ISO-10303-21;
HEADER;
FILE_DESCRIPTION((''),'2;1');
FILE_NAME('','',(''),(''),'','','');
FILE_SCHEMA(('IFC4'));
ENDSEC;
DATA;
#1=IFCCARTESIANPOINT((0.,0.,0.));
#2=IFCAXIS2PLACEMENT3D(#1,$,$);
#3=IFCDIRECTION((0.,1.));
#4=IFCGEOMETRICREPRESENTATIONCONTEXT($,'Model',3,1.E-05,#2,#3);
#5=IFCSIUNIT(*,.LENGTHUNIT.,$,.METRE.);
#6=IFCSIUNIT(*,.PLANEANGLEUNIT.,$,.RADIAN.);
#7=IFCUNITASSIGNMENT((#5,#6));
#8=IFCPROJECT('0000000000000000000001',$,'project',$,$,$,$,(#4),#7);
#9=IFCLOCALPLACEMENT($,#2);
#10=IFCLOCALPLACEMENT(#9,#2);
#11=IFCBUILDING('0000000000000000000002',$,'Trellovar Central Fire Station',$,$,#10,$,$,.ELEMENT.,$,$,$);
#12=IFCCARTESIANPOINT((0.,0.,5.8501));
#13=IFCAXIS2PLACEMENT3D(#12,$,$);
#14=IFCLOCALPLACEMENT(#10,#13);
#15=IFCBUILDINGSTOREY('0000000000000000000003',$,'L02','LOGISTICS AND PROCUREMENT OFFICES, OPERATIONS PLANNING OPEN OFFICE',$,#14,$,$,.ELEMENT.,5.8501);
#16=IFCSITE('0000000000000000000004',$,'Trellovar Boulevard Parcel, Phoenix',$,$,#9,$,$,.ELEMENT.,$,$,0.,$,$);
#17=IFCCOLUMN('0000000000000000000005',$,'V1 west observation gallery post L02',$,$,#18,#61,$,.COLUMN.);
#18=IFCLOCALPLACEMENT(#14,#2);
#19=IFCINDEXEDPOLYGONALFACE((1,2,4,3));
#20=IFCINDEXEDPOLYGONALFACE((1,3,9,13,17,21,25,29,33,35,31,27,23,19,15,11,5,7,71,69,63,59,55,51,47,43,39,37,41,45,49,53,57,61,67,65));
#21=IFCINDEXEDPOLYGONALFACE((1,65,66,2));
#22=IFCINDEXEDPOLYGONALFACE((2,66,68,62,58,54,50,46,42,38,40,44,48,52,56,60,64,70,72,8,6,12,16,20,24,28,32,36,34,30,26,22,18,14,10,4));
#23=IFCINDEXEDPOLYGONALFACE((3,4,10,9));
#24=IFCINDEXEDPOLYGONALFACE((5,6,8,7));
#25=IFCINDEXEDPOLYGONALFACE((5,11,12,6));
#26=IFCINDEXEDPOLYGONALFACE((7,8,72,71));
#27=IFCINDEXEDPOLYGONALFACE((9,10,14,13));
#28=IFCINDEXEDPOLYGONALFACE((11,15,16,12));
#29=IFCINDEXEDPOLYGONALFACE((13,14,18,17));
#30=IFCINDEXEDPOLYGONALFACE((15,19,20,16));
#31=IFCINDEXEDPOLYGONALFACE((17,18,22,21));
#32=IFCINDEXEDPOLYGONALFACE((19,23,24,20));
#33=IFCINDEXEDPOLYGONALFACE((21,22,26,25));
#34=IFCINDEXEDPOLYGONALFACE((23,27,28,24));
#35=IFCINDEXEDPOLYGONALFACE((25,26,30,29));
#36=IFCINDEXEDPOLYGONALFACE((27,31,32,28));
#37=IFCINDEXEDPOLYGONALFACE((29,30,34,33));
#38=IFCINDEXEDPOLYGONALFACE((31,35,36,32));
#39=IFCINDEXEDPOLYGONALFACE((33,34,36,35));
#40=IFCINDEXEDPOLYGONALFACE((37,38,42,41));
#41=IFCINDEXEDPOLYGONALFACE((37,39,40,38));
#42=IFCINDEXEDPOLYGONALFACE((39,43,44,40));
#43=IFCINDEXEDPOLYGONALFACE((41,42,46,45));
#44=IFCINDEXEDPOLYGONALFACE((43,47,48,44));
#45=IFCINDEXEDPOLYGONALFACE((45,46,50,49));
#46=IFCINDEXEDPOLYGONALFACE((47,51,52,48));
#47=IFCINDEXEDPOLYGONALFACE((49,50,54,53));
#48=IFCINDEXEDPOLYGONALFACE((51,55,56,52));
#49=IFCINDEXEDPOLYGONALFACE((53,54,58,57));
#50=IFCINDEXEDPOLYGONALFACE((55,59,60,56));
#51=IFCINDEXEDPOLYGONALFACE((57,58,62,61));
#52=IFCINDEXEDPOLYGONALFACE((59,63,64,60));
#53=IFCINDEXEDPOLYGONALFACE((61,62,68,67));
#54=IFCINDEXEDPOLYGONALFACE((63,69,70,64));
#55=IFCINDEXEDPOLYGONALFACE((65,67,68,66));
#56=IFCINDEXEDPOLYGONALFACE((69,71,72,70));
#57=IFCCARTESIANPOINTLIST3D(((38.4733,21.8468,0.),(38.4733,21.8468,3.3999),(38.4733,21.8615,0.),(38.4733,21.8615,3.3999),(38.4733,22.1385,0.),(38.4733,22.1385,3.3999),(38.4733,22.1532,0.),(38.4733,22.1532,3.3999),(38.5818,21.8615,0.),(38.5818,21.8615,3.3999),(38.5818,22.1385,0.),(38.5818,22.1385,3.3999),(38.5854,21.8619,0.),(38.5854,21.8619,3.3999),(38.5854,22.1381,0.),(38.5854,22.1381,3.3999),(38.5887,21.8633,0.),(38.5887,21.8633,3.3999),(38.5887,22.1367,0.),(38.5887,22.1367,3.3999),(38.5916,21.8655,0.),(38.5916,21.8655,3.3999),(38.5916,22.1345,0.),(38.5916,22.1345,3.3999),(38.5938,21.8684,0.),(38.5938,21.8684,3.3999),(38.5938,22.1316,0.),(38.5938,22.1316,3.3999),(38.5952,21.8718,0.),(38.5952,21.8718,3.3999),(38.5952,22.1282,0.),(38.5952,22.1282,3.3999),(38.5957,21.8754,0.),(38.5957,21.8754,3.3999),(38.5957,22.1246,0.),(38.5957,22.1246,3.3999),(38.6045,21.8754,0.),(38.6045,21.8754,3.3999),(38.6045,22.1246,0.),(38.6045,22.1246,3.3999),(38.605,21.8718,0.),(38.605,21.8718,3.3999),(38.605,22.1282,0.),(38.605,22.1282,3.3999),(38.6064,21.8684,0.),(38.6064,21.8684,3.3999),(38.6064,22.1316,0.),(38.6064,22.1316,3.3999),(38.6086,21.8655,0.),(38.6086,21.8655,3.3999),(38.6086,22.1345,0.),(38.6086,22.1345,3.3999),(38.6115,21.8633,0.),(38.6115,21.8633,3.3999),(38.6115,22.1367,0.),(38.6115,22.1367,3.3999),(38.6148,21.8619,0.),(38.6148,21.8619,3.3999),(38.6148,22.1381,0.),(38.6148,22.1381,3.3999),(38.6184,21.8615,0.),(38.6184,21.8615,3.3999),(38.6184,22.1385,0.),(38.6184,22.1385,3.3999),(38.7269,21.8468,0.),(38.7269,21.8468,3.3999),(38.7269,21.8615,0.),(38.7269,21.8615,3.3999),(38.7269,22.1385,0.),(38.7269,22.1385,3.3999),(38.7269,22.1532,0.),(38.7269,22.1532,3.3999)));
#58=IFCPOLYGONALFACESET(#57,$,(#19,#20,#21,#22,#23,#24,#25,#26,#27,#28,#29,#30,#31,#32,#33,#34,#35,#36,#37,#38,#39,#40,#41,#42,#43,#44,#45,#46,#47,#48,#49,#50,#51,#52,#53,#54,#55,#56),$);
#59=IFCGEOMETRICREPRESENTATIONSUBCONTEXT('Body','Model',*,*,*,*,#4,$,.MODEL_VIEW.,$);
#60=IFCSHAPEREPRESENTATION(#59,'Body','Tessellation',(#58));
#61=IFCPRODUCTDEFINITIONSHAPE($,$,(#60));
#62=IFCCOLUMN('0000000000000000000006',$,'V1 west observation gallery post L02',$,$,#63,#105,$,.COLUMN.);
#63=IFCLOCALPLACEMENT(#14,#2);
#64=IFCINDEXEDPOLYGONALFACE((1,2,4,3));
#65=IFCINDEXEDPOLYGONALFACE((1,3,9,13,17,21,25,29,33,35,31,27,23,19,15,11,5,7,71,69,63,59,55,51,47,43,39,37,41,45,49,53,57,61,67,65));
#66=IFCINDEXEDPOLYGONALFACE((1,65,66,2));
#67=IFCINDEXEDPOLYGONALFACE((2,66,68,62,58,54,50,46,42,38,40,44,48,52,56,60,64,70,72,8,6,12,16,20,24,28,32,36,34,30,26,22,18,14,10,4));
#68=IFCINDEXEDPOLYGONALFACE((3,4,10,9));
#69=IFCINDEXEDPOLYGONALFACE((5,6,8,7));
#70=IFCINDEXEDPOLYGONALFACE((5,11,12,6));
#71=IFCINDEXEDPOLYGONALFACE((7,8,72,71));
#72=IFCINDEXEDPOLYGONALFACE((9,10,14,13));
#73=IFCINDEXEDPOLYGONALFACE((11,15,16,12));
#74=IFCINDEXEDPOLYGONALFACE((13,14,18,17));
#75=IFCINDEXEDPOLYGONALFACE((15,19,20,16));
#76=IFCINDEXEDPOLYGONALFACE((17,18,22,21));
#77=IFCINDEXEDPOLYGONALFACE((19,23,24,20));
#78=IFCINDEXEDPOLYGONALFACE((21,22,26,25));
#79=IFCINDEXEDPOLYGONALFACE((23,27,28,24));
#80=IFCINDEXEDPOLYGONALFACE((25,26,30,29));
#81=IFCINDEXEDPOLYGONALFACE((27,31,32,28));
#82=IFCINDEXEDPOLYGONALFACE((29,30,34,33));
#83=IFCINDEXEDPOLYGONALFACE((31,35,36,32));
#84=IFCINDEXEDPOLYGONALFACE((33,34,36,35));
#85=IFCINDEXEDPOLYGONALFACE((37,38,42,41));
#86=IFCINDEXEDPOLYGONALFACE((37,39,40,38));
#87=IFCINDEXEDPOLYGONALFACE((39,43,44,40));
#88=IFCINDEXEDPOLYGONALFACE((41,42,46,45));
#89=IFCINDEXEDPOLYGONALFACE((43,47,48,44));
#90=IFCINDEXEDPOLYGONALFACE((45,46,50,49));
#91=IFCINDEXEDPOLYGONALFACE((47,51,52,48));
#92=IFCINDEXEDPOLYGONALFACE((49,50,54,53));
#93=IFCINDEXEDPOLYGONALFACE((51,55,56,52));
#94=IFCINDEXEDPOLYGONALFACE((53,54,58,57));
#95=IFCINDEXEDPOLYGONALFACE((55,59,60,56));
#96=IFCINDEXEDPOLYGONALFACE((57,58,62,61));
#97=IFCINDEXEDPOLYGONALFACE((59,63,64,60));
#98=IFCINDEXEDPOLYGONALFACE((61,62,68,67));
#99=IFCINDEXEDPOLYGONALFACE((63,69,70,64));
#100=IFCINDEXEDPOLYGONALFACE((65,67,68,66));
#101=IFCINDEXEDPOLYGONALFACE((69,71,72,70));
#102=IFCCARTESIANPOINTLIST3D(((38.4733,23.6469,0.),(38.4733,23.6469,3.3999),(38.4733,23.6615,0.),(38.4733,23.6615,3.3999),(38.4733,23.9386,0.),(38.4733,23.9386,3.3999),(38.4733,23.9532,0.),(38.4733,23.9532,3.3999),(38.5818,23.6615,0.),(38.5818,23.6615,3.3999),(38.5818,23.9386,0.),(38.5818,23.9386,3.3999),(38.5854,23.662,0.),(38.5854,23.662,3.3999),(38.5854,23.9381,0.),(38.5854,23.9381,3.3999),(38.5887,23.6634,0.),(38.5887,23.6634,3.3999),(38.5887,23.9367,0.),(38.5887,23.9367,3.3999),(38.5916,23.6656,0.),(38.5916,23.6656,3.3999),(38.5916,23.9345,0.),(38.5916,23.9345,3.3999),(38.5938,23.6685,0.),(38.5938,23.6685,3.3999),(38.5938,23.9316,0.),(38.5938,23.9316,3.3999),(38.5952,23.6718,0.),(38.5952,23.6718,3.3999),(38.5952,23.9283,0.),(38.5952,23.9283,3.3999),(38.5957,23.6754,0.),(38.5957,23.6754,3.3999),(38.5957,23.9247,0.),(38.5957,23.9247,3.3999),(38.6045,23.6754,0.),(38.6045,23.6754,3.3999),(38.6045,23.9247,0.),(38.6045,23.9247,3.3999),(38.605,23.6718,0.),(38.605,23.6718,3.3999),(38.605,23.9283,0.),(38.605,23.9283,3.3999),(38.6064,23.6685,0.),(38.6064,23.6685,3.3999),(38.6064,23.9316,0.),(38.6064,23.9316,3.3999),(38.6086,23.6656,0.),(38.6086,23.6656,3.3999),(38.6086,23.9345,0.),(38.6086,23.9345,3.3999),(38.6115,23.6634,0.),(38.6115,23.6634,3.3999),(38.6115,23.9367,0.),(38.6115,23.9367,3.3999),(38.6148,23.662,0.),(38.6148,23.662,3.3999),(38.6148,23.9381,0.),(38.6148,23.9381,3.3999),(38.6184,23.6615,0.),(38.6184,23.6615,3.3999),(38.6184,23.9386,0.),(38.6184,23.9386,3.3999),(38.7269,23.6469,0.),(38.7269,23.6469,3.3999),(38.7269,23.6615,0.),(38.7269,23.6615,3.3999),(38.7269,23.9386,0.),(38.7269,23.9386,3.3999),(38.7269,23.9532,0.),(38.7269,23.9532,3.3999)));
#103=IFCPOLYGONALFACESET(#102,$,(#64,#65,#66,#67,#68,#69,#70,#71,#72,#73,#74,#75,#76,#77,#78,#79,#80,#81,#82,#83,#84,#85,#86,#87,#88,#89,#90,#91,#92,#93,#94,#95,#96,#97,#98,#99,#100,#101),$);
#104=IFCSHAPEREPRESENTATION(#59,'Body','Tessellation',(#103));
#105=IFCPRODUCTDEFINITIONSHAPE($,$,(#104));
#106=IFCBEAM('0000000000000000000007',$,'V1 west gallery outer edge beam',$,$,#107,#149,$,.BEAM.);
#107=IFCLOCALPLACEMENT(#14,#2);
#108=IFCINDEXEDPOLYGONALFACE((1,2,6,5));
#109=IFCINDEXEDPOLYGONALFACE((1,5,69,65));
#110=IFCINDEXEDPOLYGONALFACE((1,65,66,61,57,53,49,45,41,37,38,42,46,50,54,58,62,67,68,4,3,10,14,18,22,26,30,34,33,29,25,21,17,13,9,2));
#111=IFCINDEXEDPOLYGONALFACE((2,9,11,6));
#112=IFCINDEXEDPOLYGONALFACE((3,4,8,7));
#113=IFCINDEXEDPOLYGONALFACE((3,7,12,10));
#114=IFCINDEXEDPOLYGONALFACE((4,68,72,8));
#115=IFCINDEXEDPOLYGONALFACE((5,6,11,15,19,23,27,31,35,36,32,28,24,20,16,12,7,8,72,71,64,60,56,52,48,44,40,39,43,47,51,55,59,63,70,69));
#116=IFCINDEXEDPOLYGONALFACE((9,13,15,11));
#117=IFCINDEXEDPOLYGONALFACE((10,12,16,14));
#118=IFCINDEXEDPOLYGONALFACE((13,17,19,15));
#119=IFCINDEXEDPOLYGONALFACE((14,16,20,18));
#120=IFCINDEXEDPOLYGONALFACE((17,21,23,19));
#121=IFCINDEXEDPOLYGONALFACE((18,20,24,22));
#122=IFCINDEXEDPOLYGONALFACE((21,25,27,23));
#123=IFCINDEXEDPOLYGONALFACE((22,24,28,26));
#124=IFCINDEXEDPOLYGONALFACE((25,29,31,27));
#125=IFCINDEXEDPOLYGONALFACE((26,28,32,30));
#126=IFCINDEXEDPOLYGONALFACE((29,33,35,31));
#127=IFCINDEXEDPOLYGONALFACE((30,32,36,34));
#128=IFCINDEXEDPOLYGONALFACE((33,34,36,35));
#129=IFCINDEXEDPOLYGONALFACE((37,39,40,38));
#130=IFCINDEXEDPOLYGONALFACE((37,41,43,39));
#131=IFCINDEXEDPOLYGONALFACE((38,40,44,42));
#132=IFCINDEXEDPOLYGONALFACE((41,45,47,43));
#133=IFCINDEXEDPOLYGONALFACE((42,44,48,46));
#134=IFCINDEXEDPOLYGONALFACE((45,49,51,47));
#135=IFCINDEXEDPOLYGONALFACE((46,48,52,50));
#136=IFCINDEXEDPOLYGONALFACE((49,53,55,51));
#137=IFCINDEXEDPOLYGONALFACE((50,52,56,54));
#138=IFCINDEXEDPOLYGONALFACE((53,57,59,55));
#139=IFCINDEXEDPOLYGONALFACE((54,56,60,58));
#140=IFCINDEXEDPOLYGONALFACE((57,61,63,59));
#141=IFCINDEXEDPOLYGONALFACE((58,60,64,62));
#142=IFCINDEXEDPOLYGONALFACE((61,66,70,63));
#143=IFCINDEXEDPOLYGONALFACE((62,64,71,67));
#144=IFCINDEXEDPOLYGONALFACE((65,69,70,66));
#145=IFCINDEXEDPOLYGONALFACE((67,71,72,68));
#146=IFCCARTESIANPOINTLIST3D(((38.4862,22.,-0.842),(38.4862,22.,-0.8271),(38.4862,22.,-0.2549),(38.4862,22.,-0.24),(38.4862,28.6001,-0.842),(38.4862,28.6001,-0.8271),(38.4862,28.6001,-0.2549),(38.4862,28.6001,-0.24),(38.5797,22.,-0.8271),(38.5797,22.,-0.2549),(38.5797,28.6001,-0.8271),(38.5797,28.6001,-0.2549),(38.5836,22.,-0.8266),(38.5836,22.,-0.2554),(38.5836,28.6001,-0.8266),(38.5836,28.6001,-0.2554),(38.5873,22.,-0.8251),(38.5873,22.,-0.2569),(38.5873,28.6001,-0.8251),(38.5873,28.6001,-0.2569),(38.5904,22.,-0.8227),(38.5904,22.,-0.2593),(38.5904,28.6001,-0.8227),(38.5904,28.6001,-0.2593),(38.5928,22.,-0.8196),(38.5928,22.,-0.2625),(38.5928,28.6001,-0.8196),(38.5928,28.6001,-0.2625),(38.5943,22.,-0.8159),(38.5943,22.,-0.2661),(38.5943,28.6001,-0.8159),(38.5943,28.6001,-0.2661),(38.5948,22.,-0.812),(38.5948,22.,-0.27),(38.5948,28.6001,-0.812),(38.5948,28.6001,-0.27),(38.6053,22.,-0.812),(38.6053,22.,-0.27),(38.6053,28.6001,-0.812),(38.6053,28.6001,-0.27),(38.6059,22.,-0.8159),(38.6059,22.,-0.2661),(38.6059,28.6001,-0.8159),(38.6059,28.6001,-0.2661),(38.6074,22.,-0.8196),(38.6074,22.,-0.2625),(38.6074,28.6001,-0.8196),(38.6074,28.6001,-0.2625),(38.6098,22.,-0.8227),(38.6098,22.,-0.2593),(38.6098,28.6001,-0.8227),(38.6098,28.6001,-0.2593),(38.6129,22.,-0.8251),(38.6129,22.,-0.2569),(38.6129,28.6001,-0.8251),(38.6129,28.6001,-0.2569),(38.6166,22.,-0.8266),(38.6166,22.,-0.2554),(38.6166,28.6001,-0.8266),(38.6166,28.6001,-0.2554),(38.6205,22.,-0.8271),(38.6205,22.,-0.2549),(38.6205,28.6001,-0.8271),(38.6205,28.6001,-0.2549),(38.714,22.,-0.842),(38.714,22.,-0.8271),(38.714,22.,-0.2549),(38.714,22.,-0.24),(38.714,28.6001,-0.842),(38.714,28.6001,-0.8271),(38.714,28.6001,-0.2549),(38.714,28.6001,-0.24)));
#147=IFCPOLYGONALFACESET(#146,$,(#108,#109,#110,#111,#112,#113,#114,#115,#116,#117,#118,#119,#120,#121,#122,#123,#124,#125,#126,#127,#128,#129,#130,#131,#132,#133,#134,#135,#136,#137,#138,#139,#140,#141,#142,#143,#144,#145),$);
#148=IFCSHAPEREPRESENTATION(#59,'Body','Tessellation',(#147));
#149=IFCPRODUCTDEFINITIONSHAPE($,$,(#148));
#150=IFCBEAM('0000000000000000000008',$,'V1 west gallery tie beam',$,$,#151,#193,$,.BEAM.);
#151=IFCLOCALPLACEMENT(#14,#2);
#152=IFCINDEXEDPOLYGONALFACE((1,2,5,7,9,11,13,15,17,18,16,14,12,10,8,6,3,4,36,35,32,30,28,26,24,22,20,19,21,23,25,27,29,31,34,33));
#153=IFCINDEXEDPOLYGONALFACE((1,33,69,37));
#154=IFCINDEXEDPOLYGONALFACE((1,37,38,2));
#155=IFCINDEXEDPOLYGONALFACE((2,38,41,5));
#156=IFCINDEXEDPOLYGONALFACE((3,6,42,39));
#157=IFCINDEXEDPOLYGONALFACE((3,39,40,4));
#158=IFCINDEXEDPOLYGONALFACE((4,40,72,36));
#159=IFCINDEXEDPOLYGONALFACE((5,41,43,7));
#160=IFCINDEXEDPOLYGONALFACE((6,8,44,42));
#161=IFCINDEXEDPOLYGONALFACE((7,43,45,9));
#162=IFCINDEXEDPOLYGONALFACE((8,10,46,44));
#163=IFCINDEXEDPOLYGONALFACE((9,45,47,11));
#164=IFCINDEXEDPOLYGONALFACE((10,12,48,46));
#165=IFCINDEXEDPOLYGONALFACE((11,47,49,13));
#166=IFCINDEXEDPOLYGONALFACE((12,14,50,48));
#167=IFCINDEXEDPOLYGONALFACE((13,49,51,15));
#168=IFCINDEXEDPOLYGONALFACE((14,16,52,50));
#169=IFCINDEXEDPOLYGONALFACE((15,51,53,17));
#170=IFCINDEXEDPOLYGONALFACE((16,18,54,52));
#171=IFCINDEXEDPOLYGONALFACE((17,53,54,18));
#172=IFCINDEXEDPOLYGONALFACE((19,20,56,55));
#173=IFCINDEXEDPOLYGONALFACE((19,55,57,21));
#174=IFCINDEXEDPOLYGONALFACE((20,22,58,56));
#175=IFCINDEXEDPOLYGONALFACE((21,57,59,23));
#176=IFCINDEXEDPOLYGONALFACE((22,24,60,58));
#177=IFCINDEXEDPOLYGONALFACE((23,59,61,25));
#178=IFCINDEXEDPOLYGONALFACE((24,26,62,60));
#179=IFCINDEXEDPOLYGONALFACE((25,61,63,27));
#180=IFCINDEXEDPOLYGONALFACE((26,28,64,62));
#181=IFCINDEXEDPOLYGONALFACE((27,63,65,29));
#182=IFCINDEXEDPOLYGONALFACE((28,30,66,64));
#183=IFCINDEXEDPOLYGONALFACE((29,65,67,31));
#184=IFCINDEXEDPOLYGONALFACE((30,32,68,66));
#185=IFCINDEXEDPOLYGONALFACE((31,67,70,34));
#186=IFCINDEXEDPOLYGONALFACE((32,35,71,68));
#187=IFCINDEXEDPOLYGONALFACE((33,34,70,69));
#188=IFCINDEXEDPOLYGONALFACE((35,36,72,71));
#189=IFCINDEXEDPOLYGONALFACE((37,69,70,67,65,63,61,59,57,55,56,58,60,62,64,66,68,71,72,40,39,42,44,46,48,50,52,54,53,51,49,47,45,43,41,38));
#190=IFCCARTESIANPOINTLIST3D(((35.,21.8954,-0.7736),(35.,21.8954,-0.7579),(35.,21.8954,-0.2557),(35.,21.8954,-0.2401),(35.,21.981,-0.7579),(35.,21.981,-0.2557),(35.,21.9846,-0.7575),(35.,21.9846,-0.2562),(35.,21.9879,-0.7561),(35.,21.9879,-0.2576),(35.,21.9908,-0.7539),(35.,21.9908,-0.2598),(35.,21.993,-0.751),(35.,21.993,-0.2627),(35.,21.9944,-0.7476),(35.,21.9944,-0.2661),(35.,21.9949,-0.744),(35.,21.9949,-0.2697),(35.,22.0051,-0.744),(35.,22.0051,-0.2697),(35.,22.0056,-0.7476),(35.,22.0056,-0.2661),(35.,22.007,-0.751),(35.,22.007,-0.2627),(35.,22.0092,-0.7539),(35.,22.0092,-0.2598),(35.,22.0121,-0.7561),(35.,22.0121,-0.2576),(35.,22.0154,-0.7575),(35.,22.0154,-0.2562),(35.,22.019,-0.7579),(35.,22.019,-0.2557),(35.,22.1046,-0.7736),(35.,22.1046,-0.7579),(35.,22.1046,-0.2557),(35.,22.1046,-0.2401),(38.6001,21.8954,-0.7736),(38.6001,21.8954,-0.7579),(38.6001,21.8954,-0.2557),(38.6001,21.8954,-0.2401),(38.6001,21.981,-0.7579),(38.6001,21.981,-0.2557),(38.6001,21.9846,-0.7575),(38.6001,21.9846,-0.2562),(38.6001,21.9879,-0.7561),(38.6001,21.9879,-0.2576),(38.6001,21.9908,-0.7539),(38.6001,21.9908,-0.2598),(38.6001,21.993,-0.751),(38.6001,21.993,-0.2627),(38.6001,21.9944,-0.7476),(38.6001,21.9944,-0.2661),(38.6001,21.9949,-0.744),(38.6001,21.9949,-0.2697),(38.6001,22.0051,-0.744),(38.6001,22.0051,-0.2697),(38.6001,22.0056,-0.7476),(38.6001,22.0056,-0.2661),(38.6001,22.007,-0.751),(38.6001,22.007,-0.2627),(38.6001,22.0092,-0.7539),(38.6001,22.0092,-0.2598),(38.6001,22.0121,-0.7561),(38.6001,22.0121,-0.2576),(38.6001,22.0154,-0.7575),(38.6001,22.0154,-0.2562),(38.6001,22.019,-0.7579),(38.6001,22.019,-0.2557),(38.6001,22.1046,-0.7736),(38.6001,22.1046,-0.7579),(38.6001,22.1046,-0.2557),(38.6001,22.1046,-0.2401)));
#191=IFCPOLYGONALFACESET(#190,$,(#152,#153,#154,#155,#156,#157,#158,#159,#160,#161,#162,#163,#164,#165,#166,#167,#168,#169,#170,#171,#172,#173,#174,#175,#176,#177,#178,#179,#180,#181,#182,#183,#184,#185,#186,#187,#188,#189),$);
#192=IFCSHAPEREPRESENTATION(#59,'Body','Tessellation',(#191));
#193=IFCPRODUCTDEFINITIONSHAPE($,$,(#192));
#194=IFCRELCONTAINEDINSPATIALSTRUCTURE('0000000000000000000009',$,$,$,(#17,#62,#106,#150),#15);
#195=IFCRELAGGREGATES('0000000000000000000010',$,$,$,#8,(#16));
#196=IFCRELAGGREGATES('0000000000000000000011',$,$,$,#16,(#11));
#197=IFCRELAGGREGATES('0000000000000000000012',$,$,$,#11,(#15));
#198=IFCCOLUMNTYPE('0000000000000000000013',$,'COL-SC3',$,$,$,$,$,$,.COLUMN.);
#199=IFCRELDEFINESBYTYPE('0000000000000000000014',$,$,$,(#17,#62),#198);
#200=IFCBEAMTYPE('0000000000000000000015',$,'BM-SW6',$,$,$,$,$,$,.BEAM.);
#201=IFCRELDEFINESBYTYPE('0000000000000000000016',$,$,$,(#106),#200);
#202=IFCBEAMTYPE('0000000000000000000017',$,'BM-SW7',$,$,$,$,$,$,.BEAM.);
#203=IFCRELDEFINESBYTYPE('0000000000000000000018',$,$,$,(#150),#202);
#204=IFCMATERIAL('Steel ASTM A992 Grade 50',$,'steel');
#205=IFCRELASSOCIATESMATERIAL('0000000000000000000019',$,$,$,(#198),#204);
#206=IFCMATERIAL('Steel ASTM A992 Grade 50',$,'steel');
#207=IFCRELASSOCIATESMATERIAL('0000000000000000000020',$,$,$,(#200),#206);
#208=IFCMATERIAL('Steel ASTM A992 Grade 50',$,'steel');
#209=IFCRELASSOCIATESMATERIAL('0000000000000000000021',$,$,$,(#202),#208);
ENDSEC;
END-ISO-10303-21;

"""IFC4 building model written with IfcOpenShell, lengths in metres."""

from ifc_helpers import new_model, si_unit, direction, frame, origin, origin_2d, place, context, subcontext, project, spatial, i_section, extrude, material, material_profile, profile_set, type_object, element, save


model = new_model("IFC4")

# Units and contexts
model_context = context("Model", 3, precision=1e-05, world=origin(), true_north=direction((0.0, 1.0)))
body_context = subcontext(model_context, "Body", "Model", "MODEL_VIEW")
ifc_project = project(units=[si_unit("LENGTHUNIT", "METRE"), si_unit("PLANEANGLEUNIT", "RADIAN")], contexts=[model_context])

# Site, building, storey
site_placement = place(None, origin())
site = spatial("IfcSite", under=ifc_project, at=site_placement, Name="Trellovar Boulevard Parcel, Phoenix", CompositionType="ELEMENT", RefElevation=0.0)
building_placement = place(site_placement, origin())
building = spatial("IfcBuilding", under=site, at=building_placement, Name="Trellovar Central Fire Station", CompositionType="ELEMENT")
storey_placement = place(building_placement, frame((0.0, 0.0, 5.8501)))
storey = spatial("IfcBuildingStorey", under=building, at=storey_placement, Name="L02", Description="LOGISTICS AND PROCUREMENT OFFICES, OPERATIONS PLANNING OPEN OFFICE", CompositionType="ELEMENT", Elevation=5.8501)

# Columns
ifc_material_1 = material(Name="Steel ASTM A992 Grade 50", Category="steel")
ifc_material_profile_1 = material_profile(ifc_material_1, i_section(OverallWidth=0.2537, OverallDepth=0.3064, WebThickness=0.0088, FlangeThickness=0.0146, FilletRadius=0.0139, at=origin_2d()), Name="W12X53")
ifc_profile_set_1 = profile_set([ifc_material_profile_1], Name="Steel ASTM A992 Grade 50")
column_type = type_object("IfcColumnType", Name="COL-SC3", PredefinedType="COLUMN", material=ifc_profile_set_1)
for number, where, z_axis, x_axis, name in (
    (1, (38.6001, 22.0, 0.0), (0.0, 0.0, 1.0), (1.0, 0.0, 0.0), "V1 west observation gallery post L02"),
    (2, (38.6001, 23.8, 0.0), (0.0, 0.0, 1.0), (1.0, 0.0, 0.0), "V1 west observation gallery post L02"),
):
    element("IfcColumn", number, at=place(storey_placement, frame(where, z_axis=z_axis, x_axis=x_axis)), inside=storey, type_object=column_type, Name=name, PredefinedType="COLUMN", context=body_context, shape_type="SweptSolid", body=[
        extrude(i_section(OverallWidth=0.2537, OverallDepth=0.3064, WebThickness=0.0088, FlangeThickness=0.0146, FilletRadius=0.0139, at=origin_2d()), origin(), (0.0, 0.0, 1.0), 3.3999),
    ])

# Beams
ifc_material_2 = material(Name="Steel ASTM A992 Grade 50", Category="steel")
ifc_material_profile_2 = material_profile(ifc_material_2, i_section(OverallWidth=0.2278, OverallDepth=0.6021, WebThickness=0.0105, FlangeThickness=0.0149, FilletRadius=0.0151, at=origin_2d()), Name="W24X68")
ifc_profile_set_2 = profile_set([ifc_material_profile_2], Name="Steel ASTM A992 Grade 50")
beam_type_1 = type_object("IfcBeamType", Name="BM-SW6", PredefinedType="BEAM", material=ifc_profile_set_2)
beam_1_placement = place(storey_placement, frame((38.6001, 22.0, -0.541), z_axis=(0.0, 1.0, 0.0), x_axis=(-1.0, 0.0, 0.0)))
element("IfcBeam", 3, at=beam_1_placement, inside=storey, type_object=beam_type_1, Name="V1 west gallery outer edge beam", PredefinedType="BEAM", context=body_context, shape_type="SweptSolid", body=[
    extrude(i_section(OverallWidth=0.2278, OverallDepth=0.6021, WebThickness=0.0105, FlangeThickness=0.0149, FilletRadius=0.0151, at=origin_2d()), origin(), (0.0, 0.0, 1.0), 6.6001),
])
ifc_material_3 = material(Name="Steel ASTM A992 Grade 50", Category="steel")
ifc_material_profile_3 = material_profile(ifc_material_3, i_section(OverallWidth=0.2092, OverallDepth=0.5334, WebThickness=0.0103, FlangeThickness=0.0156, FilletRadius=0.0139, at=origin_2d()), Name="W21X62")
ifc_profile_set_3 = profile_set([ifc_material_profile_3], Name="Steel ASTM A992 Grade 50")
beam_type_2 = type_object("IfcBeamType", Name="BM-SW7", PredefinedType="BEAM", material=ifc_profile_set_3)
beam_2_placement = place(storey_placement, frame((35.0, 22.0, -0.5068), z_axis=(1.0, 0.0, 0.0), x_axis=(0.0, 1.0, 0.0)))
element("IfcBeam", 4, at=beam_2_placement, inside=storey, type_object=beam_type_2, Name="V1 west gallery tie beam", PredefinedType="BEAM", context=body_context, shape_type="SweptSolid", body=[
    extrude(i_section(OverallWidth=0.2092, OverallDepth=0.5334, WebThickness=0.0103, FlangeThickness=0.0156, FilletRadius=0.0139, at=origin_2d()), origin(), (0.0, 0.0, 1.0), 3.6001),
])

save(model, "model.ifc")
